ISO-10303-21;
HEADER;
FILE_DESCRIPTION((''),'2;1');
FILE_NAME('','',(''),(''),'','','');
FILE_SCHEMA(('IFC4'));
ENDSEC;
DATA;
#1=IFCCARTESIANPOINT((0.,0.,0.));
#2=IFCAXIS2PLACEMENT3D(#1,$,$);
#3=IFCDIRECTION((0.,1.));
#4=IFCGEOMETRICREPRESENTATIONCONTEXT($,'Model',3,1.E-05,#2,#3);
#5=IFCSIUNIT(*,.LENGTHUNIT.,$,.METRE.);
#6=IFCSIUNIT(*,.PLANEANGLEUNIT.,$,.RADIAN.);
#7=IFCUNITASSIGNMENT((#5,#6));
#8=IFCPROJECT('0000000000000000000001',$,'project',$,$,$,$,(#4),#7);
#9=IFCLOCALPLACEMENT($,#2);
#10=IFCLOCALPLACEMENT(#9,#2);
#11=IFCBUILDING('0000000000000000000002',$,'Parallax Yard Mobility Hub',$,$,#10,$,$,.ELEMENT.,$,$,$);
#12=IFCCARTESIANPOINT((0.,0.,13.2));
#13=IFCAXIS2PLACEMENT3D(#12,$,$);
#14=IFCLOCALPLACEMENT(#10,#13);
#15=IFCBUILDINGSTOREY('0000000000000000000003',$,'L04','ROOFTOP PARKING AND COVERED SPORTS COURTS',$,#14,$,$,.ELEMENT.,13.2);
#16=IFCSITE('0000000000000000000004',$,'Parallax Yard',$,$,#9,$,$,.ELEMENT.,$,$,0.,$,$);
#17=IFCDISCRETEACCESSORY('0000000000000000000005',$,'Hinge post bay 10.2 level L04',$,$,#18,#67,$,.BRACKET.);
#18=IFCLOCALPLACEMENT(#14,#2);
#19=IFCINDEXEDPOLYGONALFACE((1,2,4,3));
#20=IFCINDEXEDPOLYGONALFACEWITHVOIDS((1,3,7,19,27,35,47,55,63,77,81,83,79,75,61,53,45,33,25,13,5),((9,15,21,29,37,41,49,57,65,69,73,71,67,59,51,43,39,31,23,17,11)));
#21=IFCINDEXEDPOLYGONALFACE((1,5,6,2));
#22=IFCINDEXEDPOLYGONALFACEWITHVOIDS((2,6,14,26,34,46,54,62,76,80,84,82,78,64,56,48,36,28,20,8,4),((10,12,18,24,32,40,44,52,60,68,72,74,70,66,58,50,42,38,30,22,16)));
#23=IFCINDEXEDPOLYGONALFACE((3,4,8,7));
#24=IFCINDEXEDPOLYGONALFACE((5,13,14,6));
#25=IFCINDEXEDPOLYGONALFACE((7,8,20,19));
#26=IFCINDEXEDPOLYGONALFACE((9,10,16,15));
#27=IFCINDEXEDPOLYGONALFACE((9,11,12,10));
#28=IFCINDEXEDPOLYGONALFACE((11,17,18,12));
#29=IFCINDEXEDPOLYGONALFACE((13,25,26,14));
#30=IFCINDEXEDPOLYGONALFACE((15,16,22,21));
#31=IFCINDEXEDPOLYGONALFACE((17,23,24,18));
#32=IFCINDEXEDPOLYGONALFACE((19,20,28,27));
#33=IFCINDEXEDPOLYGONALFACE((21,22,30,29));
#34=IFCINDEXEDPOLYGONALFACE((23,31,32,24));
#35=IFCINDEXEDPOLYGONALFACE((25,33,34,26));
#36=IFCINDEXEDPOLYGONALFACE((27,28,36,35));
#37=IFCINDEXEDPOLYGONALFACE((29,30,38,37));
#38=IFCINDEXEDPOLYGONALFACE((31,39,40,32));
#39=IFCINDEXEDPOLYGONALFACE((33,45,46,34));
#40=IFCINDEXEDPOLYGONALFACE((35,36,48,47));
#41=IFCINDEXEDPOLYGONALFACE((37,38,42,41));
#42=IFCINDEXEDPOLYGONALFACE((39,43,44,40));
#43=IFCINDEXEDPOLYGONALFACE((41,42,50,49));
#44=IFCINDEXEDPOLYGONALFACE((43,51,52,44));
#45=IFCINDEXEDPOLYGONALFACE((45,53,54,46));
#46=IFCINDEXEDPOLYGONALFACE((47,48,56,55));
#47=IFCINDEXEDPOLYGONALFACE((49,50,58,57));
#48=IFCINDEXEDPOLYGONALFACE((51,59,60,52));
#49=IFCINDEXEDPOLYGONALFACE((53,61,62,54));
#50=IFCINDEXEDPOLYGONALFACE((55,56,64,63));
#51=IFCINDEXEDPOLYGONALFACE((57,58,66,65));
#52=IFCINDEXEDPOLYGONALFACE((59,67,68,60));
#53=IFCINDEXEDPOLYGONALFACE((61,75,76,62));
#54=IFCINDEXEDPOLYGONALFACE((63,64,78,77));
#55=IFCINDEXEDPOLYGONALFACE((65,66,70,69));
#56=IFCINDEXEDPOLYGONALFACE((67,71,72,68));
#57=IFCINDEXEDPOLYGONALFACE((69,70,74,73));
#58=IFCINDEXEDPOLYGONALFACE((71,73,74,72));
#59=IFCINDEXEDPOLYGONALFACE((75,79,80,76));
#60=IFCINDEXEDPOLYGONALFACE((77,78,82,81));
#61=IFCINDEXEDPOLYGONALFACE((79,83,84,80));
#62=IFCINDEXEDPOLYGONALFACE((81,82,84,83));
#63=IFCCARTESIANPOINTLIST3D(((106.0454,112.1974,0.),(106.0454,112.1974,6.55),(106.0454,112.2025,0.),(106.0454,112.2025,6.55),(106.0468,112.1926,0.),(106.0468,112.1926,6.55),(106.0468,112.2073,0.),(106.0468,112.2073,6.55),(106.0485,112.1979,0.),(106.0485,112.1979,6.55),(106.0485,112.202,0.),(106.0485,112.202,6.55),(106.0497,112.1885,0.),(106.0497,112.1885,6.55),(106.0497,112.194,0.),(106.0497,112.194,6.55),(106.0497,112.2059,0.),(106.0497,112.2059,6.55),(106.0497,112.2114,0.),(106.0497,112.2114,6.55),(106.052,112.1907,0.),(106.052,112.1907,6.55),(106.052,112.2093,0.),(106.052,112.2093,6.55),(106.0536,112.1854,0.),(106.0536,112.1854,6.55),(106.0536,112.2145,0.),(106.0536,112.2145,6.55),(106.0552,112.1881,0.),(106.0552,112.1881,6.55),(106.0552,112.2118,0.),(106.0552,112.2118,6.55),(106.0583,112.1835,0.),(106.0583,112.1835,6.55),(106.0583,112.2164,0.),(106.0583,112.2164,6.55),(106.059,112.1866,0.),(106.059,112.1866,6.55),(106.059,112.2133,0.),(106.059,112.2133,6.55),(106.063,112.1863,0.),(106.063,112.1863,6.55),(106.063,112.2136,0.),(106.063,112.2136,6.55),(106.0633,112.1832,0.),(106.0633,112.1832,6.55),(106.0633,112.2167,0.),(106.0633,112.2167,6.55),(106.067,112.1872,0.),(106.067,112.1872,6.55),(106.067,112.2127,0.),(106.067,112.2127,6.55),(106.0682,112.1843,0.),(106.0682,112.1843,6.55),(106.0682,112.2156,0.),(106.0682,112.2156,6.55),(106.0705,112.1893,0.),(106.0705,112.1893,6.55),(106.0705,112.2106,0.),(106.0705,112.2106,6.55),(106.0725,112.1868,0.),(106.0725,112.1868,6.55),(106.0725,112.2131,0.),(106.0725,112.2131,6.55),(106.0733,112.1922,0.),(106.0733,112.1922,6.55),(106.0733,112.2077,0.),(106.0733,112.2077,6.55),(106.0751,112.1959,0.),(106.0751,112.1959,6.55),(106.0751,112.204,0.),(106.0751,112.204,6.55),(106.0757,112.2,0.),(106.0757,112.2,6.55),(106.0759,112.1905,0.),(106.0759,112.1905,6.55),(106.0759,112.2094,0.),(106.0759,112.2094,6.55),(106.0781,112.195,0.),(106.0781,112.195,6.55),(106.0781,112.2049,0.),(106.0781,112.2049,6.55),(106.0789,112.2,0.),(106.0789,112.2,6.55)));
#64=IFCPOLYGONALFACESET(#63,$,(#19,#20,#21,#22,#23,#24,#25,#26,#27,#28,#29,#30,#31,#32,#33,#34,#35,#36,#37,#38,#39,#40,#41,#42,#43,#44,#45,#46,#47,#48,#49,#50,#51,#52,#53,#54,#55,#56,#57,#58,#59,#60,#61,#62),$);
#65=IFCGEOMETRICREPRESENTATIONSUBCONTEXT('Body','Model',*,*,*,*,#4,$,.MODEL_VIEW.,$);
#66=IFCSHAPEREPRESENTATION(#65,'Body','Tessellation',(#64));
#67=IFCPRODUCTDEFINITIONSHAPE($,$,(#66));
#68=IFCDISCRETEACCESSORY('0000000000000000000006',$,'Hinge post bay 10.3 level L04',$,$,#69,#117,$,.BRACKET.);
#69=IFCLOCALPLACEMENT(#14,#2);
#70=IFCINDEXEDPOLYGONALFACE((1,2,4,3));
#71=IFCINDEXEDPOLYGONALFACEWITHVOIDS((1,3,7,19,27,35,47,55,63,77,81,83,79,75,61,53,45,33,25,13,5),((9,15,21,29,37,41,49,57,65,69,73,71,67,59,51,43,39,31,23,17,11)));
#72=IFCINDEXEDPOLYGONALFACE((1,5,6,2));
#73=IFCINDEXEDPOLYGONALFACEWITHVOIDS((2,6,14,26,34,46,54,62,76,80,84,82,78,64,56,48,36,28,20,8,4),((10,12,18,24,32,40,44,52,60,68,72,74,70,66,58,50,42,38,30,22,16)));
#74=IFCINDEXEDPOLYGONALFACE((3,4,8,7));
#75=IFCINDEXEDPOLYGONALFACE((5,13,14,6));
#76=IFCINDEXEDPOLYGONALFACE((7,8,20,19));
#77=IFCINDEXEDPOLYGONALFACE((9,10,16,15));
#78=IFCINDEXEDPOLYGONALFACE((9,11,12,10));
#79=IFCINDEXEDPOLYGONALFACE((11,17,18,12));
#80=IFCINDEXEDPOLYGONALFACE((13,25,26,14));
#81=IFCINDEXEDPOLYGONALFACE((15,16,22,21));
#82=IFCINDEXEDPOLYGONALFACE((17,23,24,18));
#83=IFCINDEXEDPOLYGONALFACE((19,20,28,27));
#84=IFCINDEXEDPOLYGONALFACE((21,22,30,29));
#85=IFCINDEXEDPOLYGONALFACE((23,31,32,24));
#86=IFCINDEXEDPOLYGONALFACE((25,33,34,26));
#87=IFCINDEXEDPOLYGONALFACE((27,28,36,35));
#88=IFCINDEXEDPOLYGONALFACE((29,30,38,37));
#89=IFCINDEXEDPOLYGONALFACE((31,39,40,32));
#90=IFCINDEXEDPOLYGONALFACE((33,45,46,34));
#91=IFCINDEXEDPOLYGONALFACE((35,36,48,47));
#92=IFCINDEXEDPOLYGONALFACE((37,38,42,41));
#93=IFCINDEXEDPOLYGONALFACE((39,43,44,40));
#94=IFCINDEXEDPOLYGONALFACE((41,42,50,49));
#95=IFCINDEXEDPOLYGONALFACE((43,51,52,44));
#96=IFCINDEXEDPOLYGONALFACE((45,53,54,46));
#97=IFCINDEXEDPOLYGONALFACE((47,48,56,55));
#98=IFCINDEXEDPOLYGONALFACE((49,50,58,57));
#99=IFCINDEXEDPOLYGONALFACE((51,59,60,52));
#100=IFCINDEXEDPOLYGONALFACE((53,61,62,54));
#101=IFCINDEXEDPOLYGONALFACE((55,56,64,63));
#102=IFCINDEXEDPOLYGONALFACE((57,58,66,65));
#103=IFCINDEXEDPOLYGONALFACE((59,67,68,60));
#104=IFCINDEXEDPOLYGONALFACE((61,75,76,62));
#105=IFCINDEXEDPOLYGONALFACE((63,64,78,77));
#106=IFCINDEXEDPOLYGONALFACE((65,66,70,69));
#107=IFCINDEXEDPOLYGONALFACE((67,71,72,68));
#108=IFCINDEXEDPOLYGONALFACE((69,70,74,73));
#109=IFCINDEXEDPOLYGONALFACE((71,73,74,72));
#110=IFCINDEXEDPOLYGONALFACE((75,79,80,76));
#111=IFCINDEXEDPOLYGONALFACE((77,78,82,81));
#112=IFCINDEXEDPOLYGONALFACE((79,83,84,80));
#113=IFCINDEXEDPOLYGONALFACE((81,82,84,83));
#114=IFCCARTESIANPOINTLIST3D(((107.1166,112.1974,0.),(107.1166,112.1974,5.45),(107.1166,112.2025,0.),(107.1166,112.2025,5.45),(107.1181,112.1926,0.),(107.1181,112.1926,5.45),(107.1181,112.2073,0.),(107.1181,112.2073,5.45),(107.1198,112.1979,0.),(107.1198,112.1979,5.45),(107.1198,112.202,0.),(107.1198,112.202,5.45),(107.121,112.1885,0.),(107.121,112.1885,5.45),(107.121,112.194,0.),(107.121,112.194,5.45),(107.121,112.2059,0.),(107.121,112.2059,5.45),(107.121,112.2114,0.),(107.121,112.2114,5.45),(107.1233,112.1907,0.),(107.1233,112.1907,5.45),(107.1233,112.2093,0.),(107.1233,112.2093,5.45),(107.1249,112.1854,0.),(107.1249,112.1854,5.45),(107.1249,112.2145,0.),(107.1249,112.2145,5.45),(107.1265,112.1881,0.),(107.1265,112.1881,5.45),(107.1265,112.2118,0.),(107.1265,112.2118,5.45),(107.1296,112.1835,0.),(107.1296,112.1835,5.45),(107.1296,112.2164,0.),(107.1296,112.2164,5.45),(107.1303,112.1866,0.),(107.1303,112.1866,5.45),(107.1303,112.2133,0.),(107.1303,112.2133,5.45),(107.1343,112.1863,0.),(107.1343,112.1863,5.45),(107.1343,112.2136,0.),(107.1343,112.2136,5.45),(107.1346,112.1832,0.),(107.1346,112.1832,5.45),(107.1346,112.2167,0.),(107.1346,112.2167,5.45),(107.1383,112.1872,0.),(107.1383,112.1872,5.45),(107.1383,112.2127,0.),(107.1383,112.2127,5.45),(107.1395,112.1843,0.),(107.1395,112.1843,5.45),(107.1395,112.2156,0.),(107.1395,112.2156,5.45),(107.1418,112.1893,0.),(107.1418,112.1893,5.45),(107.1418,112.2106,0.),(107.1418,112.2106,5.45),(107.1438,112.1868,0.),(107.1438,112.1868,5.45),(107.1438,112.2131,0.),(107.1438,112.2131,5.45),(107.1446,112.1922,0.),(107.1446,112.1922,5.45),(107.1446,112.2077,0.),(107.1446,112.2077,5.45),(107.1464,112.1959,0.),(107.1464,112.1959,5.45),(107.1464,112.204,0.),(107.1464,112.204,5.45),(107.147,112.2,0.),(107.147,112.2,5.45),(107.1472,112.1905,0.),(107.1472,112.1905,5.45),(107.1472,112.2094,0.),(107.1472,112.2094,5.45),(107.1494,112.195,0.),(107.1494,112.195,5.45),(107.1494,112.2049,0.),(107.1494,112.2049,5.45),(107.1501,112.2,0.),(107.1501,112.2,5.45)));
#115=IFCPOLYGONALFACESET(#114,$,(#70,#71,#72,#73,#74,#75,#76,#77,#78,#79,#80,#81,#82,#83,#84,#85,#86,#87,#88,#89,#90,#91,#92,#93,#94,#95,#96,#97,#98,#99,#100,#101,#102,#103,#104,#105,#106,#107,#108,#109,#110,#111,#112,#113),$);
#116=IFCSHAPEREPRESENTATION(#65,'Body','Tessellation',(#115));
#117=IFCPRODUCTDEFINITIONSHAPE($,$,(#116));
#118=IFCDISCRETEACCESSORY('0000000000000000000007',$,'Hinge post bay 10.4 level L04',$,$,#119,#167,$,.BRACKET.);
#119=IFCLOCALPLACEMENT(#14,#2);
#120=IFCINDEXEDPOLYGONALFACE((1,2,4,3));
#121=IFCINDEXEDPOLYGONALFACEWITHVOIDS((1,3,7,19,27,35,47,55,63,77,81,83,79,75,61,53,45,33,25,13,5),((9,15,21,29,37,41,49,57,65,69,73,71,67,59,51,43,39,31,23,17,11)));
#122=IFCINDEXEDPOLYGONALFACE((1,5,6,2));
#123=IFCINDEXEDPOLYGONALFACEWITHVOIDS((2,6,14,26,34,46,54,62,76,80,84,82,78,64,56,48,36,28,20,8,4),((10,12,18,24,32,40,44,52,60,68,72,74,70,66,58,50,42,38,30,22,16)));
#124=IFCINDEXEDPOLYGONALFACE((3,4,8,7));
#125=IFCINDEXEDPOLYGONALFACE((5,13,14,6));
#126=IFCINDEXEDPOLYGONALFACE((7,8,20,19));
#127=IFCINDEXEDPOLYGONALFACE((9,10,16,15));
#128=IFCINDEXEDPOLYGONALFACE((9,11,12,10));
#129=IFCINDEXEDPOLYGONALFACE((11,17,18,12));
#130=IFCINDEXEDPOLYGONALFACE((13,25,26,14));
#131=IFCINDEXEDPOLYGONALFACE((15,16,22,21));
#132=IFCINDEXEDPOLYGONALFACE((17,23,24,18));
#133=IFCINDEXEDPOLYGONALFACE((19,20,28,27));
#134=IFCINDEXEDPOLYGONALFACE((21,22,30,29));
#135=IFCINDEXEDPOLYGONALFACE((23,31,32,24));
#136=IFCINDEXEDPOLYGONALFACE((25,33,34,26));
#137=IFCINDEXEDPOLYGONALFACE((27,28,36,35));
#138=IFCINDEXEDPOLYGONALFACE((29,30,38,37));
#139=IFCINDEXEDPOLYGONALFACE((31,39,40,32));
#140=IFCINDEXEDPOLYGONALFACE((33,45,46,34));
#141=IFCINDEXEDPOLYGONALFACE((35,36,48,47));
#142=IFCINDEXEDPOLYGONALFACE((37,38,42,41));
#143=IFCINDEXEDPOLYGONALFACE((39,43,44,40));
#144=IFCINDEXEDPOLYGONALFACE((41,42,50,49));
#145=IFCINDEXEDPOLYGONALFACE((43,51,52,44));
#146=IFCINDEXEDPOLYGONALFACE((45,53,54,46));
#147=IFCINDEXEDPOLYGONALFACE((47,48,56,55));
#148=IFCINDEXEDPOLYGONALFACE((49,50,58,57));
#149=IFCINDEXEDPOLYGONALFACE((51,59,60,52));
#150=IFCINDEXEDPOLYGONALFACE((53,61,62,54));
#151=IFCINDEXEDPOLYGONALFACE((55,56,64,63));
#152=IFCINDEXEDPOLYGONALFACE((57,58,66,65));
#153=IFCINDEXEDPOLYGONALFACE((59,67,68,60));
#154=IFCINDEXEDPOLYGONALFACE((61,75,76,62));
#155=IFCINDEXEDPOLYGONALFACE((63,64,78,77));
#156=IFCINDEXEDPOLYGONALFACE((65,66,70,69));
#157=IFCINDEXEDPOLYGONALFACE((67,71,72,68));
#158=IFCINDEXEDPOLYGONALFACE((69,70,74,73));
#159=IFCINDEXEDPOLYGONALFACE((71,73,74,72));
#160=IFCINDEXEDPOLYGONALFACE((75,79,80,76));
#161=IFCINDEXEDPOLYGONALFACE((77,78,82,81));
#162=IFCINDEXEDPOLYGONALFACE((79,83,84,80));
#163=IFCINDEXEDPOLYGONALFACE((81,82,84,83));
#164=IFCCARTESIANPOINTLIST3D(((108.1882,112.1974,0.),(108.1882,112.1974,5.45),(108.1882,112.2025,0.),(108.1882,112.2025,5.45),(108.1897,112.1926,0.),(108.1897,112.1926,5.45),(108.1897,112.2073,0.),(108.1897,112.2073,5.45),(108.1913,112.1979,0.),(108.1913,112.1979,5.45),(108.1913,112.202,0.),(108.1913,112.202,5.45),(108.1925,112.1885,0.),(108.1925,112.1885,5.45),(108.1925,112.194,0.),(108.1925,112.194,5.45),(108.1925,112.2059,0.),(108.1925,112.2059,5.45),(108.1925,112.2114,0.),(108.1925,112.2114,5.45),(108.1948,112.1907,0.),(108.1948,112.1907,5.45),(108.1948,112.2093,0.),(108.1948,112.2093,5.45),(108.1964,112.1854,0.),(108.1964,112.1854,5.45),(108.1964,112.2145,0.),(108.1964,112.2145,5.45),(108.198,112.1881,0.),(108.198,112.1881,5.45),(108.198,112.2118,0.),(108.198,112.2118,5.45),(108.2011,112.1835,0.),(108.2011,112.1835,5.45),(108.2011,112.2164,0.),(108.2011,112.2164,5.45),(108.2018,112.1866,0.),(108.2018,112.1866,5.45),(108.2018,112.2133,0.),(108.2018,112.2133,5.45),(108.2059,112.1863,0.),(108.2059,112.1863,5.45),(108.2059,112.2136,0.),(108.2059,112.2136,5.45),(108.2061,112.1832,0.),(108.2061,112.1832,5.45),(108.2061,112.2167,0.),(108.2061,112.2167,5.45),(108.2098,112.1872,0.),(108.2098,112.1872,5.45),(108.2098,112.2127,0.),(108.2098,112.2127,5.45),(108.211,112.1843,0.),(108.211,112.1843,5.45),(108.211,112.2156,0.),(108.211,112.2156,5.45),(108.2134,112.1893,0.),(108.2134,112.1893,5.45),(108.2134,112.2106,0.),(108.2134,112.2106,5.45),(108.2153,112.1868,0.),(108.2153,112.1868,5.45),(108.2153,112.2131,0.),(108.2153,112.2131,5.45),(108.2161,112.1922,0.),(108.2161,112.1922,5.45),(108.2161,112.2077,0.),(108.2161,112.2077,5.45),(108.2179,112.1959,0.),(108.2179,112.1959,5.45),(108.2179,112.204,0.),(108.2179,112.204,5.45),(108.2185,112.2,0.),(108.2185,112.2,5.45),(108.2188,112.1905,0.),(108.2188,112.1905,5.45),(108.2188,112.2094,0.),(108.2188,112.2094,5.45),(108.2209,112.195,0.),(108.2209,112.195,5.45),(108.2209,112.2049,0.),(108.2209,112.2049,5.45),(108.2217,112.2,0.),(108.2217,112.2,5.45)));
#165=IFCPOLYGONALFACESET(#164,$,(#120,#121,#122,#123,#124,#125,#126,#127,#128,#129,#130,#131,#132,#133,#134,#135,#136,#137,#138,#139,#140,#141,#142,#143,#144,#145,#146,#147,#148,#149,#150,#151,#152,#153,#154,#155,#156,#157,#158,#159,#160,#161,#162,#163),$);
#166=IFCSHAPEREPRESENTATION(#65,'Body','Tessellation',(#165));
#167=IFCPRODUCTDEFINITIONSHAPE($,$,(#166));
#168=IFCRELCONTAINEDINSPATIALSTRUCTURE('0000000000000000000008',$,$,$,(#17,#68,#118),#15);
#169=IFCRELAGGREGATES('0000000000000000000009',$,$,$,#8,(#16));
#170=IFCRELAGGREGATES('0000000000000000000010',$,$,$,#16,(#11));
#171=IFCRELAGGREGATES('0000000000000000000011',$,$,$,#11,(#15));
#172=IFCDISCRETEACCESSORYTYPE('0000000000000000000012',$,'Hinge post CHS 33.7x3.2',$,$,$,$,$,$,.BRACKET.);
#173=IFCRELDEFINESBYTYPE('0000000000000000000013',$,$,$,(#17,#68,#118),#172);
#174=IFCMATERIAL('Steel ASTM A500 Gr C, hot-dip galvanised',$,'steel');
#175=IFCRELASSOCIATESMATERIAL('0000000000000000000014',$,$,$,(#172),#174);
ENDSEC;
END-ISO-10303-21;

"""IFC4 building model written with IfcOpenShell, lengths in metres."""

from ifc_helpers import new_model, si_unit, direction, frame, origin, origin_2d, place, context, subcontext, project, spatial, hollow_circle, extrude, material, material_profile, profile_set, type_object, element, save


model = new_model("IFC4")

# Units and contexts
model_context = context("Model", 3, precision=1e-05, world=origin(), true_north=direction((0.0, 1.0)))
body_context = subcontext(model_context, "Body", "Model", "MODEL_VIEW")
ifc_project = project(units=[si_unit("LENGTHUNIT", "METRE"), si_unit("PLANEANGLEUNIT", "RADIAN")], contexts=[model_context])

# Site, building, storey
site_placement = place(None, origin())
site = spatial("IfcSite", under=ifc_project, at=site_placement, Name="Parallax Yard", CompositionType="ELEMENT", RefElevation=0.0)
building_placement = place(site_placement, origin())
building = spatial("IfcBuilding", under=site, at=building_placement, Name="Parallax Yard Mobility Hub", CompositionType="ELEMENT")
storey_placement = place(building_placement, frame((0.0, 0.0, 13.2)))
storey = spatial("IfcBuildingStorey", under=building, at=storey_placement, Name="L04", Description="ROOFTOP PARKING AND COVERED SPORTS COURTS", CompositionType="ELEMENT", Elevation=13.2)

# Discrete accessories
ifc_material_1 = material(Name="Steel ASTM A500 Gr C, hot-dip galvanised", Category="steel")
ifc_material_profile_1 = material_profile(ifc_material_1, hollow_circle(Radius=0.0168, WallThickness=0.0032, at=origin_2d()), Name="CHS 33.7x3.2")
ifc_profile_set_1 = profile_set([ifc_material_profile_1], Name="Steel ASTM A500 Gr C, hot-dip galvanised")
discrete_accessory_type_1 = type_object("IfcDiscreteAccessoryType", Name="Hinge post CHS 33.7x3.2", PredefinedType="BRACKET", material=ifc_profile_set_1)
for number, where, z_axis, x_axis, name in (
    (1, (106.062, 112.2, 0.0), (0.0, 0.0, 1.0), (1.0, 0.0, 0.0), "Hinge post bay 10.2 level L04"),
):
    element("IfcDiscreteAccessory", number, at=place(storey_placement, frame(where, z_axis=z_axis, x_axis=x_axis)), inside=storey, type_object=discrete_accessory_type_1, Name=name, PredefinedType="BRACKET", context=body_context, shape_type="SweptSolid", body=[
        extrude(hollow_circle(Radius=0.0168, WallThickness=0.0032, at=origin_2d()), origin(), (0.0, 0.0, 1.0), 6.55),
    ])
for number, where, z_axis, x_axis, name in (
    (2, (107.1333, 112.2, 0.0), (0.0, 0.0, 1.0), (1.0, 0.0, 0.0), "Hinge post bay 10.3 level L04"),
    (3, (108.2048, 112.2, 0.0), (0.0, 0.0, 1.0), (1.0, 0.0, 0.0), "Hinge post bay 10.4 level L04"),
):
    element("IfcDiscreteAccessory", number, at=place(storey_placement, frame(where, z_axis=z_axis, x_axis=x_axis)), inside=storey, type_object=discrete_accessory_type_1, Name=name, PredefinedType="BRACKET", context=body_context, shape_type="SweptSolid", body=[
        extrude(hollow_circle(Radius=0.0168, WallThickness=0.0032, at=origin_2d()), origin(), (0.0, 0.0, 1.0), 5.45),
    ])

save(model, "model.ifc")
